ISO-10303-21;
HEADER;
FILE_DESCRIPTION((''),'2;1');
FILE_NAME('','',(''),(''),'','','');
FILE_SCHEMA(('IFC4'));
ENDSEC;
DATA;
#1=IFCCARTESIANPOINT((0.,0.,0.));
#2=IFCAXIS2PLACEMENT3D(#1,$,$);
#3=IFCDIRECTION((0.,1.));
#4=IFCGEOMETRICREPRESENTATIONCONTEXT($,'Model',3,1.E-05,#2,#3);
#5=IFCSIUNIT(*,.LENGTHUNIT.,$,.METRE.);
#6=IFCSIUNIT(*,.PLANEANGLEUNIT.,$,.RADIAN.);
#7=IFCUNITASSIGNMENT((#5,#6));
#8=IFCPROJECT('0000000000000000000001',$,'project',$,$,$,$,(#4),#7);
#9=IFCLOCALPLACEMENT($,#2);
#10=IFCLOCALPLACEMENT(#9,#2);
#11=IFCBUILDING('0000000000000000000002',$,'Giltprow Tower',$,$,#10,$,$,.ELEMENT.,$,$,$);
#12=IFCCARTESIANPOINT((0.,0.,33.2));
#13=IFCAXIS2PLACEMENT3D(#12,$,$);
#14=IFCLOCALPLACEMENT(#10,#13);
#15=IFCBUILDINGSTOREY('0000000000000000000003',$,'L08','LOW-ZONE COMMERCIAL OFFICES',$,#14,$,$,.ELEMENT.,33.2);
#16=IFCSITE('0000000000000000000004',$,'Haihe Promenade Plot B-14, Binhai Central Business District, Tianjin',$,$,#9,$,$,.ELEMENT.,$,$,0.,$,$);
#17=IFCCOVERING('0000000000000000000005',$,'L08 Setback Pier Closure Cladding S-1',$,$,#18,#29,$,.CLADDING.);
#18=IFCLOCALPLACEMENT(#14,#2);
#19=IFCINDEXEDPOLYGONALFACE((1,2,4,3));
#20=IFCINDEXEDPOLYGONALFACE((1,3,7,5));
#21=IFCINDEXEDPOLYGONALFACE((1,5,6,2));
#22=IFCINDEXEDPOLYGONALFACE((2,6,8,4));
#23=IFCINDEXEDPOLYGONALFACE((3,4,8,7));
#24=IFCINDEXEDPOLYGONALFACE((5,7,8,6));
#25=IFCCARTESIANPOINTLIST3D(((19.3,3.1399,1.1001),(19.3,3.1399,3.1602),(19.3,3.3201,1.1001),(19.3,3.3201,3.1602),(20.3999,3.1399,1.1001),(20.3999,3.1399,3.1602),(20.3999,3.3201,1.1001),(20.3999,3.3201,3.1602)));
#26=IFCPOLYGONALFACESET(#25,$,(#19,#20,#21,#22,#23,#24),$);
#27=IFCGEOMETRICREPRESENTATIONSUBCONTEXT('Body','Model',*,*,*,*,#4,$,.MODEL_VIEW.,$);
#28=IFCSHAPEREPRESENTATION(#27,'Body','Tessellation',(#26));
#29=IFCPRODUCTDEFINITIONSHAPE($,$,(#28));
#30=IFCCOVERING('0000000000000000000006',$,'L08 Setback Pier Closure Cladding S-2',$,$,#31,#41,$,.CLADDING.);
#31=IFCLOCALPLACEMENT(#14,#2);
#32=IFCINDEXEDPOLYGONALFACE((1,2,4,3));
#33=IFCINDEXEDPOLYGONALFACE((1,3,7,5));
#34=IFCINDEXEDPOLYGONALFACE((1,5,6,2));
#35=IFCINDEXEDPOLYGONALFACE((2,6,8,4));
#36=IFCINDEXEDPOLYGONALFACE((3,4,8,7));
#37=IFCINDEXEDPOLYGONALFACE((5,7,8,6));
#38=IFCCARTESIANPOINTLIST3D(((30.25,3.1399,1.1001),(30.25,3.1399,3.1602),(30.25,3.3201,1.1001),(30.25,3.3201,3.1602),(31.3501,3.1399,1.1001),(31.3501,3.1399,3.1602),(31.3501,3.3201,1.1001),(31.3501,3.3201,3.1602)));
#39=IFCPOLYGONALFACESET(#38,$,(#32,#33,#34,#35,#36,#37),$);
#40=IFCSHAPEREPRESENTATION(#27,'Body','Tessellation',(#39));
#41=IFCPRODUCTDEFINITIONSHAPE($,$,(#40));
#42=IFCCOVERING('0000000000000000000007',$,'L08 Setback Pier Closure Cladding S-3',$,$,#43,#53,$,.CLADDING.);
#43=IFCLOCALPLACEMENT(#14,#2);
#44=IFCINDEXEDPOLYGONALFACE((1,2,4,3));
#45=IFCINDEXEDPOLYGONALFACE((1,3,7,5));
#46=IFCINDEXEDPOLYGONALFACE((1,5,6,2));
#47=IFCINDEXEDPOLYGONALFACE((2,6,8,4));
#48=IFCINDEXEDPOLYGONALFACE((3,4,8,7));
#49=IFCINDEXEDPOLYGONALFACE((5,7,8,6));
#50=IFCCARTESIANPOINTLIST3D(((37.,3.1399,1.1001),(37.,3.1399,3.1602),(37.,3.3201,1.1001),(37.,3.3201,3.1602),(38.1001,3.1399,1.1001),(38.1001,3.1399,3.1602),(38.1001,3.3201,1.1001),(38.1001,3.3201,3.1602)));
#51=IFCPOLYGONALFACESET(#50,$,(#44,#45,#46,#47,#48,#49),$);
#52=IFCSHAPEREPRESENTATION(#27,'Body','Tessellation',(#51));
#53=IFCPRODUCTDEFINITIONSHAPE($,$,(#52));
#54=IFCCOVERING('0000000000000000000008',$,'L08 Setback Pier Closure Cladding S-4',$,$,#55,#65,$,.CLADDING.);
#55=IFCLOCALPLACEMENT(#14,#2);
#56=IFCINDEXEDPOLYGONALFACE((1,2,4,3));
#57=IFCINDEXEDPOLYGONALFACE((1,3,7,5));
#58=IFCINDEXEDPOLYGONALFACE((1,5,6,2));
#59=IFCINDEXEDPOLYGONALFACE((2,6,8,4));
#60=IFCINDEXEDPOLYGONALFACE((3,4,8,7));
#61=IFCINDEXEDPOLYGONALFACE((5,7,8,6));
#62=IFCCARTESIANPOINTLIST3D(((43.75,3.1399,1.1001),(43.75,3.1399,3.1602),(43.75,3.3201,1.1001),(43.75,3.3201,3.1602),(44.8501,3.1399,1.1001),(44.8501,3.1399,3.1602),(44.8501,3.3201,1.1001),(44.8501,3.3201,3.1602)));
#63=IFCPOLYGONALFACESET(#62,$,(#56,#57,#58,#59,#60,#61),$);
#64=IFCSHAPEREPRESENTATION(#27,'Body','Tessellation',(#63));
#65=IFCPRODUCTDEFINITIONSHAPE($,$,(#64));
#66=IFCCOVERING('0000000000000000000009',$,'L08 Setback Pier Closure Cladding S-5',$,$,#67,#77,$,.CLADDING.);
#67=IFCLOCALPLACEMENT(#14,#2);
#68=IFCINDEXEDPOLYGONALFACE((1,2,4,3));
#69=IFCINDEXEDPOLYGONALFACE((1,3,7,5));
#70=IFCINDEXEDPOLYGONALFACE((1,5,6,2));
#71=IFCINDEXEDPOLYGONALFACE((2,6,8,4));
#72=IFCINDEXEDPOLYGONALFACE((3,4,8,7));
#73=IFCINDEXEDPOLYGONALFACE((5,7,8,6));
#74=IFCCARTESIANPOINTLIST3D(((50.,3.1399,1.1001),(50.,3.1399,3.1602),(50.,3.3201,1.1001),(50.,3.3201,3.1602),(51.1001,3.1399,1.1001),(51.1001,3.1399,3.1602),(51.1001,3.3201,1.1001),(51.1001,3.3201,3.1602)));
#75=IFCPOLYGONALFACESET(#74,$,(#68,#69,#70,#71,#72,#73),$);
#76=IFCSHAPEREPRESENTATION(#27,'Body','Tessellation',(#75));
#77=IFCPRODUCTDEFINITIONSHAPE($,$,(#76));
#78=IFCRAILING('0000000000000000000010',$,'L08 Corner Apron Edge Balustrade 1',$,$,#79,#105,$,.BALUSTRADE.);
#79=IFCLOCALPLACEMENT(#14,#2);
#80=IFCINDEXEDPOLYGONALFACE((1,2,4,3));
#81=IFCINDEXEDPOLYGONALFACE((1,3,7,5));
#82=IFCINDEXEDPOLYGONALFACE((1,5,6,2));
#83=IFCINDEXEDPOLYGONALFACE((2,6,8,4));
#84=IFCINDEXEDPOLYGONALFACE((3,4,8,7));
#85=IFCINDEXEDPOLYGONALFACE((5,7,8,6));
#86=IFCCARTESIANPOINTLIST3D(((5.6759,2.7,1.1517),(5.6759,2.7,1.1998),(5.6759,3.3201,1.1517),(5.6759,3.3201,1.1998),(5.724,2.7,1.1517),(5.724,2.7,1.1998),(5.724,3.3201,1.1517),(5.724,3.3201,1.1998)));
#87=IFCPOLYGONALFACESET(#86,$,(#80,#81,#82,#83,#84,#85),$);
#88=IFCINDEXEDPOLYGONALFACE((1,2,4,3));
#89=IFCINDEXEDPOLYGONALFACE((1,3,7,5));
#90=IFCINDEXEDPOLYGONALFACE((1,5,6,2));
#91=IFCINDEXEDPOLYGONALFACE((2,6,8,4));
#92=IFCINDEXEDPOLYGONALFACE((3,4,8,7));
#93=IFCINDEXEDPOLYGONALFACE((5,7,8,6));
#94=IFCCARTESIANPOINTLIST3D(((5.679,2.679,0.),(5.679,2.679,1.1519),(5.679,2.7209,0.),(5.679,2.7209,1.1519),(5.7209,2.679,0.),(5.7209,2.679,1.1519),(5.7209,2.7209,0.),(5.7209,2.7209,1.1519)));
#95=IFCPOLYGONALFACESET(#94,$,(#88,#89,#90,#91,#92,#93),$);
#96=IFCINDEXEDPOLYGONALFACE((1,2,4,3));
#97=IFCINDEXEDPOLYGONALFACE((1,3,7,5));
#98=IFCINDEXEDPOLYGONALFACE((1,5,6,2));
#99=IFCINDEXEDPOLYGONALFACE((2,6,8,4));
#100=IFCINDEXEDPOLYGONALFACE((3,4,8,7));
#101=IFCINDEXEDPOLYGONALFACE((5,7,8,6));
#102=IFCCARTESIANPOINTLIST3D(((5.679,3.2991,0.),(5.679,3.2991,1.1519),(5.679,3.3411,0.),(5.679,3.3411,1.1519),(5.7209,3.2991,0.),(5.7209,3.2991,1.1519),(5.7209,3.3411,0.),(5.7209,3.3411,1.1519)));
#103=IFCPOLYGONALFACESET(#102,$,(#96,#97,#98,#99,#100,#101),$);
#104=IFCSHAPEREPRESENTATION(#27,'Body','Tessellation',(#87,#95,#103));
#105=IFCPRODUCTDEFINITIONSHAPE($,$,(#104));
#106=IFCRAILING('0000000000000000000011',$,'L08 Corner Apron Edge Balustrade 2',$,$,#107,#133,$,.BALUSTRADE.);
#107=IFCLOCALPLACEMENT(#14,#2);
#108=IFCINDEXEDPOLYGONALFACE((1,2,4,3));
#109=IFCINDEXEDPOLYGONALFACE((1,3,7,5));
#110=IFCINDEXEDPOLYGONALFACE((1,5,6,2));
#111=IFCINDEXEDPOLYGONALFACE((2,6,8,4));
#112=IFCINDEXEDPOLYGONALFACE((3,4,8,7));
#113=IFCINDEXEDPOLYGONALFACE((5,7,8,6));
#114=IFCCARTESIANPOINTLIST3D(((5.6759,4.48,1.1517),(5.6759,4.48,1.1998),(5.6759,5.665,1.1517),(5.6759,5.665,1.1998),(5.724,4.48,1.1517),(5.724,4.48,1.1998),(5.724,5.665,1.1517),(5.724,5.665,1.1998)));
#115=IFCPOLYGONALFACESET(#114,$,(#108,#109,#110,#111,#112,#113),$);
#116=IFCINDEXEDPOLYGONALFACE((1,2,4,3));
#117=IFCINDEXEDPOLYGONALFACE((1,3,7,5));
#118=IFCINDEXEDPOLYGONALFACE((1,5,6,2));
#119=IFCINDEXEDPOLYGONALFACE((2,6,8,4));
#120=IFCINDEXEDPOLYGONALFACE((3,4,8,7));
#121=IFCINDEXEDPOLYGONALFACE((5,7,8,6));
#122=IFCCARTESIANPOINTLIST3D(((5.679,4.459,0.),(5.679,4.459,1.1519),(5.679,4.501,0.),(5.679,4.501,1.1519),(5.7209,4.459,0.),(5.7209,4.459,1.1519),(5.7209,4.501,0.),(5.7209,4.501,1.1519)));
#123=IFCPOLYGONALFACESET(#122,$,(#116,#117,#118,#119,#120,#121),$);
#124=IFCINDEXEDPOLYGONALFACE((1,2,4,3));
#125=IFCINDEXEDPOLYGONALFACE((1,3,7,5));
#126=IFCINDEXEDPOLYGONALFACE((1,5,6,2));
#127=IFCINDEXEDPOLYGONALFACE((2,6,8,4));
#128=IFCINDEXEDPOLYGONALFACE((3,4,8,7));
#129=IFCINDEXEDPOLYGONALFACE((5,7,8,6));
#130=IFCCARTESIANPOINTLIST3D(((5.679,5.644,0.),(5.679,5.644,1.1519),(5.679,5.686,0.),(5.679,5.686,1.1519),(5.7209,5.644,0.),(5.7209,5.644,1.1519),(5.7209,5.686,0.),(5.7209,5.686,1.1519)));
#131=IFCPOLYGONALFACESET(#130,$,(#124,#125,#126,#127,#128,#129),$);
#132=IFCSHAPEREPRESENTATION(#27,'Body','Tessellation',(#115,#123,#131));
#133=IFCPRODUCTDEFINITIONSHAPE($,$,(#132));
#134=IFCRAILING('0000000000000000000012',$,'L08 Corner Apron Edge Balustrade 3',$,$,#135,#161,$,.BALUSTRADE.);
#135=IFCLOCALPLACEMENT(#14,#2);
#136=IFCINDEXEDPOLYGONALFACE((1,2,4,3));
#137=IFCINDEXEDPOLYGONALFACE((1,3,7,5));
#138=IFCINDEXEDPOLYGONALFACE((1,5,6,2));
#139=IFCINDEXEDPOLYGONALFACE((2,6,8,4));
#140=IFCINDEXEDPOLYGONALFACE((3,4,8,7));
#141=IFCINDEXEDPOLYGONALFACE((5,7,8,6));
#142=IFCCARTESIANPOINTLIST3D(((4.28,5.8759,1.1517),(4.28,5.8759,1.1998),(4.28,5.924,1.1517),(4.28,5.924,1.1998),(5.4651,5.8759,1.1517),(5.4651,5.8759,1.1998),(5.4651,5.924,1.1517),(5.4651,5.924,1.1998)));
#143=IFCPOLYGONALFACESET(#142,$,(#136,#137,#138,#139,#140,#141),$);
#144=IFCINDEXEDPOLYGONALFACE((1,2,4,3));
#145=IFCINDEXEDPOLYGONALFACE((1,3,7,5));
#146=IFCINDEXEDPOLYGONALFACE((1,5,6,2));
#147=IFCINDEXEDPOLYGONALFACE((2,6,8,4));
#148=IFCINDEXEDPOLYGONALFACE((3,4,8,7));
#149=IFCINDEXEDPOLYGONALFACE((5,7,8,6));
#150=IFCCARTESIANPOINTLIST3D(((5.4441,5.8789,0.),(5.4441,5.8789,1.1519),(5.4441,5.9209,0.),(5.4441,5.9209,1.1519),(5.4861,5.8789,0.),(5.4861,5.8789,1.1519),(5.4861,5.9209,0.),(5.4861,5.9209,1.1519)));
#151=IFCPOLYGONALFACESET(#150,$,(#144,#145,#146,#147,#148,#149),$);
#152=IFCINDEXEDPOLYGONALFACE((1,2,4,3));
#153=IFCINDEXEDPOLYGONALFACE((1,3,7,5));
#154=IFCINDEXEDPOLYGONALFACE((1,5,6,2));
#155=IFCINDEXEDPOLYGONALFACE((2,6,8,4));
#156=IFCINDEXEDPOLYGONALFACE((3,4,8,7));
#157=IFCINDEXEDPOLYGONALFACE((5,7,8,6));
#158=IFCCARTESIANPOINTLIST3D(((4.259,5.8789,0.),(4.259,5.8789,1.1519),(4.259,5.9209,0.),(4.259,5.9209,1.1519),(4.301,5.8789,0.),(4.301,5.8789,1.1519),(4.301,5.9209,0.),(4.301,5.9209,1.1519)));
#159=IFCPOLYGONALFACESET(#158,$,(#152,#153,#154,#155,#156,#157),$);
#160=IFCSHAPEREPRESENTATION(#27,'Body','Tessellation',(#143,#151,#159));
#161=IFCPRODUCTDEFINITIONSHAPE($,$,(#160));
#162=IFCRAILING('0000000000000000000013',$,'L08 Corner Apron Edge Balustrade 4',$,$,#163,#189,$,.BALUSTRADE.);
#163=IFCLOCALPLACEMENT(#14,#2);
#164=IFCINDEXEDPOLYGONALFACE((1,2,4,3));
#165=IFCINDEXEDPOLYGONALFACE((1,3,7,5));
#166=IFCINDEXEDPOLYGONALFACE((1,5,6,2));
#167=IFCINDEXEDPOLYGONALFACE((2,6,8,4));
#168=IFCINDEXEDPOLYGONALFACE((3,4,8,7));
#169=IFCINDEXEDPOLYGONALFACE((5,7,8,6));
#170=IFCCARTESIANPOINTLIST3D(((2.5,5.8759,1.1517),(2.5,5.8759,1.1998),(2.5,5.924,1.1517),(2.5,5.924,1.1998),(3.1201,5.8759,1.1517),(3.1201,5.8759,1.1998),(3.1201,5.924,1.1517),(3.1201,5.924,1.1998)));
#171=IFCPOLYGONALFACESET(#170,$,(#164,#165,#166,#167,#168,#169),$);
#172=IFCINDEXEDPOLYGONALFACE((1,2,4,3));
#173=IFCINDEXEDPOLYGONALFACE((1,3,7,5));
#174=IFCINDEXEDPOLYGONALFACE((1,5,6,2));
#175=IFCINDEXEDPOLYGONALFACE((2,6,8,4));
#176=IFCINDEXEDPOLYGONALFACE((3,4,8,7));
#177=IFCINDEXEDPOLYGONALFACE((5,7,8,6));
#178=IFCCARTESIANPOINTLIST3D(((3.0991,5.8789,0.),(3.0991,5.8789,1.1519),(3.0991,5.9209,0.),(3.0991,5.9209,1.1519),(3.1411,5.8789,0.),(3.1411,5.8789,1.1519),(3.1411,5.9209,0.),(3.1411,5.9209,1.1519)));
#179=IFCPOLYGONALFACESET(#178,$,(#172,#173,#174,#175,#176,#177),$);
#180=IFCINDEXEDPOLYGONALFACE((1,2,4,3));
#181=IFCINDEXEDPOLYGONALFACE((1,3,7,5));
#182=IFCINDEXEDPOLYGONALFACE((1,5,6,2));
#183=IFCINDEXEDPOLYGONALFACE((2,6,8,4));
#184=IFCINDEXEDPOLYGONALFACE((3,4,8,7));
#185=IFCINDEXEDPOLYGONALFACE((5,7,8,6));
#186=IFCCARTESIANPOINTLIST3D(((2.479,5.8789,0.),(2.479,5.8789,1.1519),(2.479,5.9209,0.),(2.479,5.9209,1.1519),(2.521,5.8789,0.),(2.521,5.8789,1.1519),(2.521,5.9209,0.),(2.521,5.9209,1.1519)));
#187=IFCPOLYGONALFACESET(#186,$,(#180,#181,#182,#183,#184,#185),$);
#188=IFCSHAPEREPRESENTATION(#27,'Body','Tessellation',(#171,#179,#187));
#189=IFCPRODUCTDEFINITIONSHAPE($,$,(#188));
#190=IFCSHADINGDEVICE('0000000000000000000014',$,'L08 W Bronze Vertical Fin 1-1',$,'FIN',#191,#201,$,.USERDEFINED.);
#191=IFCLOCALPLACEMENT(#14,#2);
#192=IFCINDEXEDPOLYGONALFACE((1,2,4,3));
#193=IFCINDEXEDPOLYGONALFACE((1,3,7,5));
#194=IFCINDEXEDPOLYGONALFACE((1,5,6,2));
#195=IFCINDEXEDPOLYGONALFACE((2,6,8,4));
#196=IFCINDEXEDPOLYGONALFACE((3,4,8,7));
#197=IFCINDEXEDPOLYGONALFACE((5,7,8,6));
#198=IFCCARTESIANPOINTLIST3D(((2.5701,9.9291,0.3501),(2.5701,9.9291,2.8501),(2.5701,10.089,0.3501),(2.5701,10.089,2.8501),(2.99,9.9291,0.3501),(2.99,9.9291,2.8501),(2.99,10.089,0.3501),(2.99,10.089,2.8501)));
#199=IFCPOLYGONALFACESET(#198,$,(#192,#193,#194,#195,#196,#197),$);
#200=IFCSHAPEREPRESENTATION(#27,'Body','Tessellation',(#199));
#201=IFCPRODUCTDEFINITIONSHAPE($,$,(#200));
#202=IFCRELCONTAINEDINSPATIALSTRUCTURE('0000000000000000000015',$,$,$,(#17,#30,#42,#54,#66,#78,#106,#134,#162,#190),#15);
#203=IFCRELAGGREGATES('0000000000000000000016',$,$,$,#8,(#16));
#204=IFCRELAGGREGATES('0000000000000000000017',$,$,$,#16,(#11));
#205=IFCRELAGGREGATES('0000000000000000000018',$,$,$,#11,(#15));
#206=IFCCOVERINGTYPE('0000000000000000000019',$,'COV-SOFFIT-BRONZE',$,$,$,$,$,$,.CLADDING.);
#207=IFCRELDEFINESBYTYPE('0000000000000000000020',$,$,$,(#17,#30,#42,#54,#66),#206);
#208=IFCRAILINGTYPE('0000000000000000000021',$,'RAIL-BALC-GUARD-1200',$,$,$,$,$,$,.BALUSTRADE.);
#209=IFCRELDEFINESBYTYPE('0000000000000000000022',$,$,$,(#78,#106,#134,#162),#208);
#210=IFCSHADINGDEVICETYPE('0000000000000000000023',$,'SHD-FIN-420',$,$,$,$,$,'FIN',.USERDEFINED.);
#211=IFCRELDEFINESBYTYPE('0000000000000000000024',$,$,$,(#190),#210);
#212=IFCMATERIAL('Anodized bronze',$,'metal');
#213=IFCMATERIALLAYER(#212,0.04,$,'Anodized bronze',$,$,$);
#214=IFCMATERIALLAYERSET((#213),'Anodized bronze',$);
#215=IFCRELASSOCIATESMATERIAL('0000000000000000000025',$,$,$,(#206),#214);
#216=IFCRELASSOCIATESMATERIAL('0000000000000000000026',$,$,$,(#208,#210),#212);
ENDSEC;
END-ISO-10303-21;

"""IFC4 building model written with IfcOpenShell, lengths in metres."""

from ifc_helpers import new_model, si_unit, direction, frame, origin, origin_2d, place, context, subcontext, project, spatial, polyline, rectangle, outline, extrude, source, transform, mapped, material, layer, layer_set, type_object, element, save


model = new_model("IFC4")

# Units and contexts
model_context = context("Model", 3, precision=1e-05, world=origin(), true_north=direction((0.0, 1.0)))
body_context = subcontext(model_context, "Body", "Model", "MODEL_VIEW")
ifc_project = project(units=[si_unit("LENGTHUNIT", "METRE"), si_unit("PLANEANGLEUNIT", "RADIAN")], contexts=[model_context])

# Site, building, storey
site_placement = place(None, origin())
site = spatial("IfcSite", under=ifc_project, at=site_placement, Name="Haihe Promenade Plot B-14, Binhai Central Business District, Tianjin", CompositionType="ELEMENT", RefElevation=0.0)
building_placement = place(site_placement, origin())
building = spatial("IfcBuilding", under=site, at=building_placement, Name="Giltprow Tower", CompositionType="ELEMENT")
storey_placement = place(building_placement, frame((0.0, 0.0, 33.2)))
storey = spatial("IfcBuildingStorey", under=building, at=storey_placement, Name="L08", Description="LOW-ZONE COMMERCIAL OFFICES", CompositionType="ELEMENT", Elevation=33.2)

# Shared definitions
ifc_material_1 = material(Name="Anodized bronze", Category="metal")

# Coverings
ifc_layer_1 = layer(ifc_material_1, 0.04, Name="Anodized bronze")
ifc_layer_set_1 = layer_set([ifc_layer_1], Name="Anodized bronze")
covering_type_1 = type_object("IfcCoveringType", Name="COV-SOFFIT-BRONZE", PredefinedType="CLADDING", material=ifc_layer_set_1)
covering_1_placement = place(storey_placement, frame((0.0, 0.0, 1.1001)))
element("IfcCovering", 1, at=covering_1_placement, inside=storey, type_object=covering_type_1, Name="L08 Setback Pier Closure Cladding S-1", PredefinedType="CLADDING", context=body_context, shape_type="SweptSolid", body=[
    extrude(outline(polyline([(19.3, 3.1399), (20.3999, 3.1399), (20.3999, 3.3201), (19.3, 3.3201), (19.3, 3.1399)])), origin(), (0.0, 0.0, 1.0), 2.0601),
])
covering_2_placement = place(storey_placement, frame((0.0, 0.0, 1.1001)))
element("IfcCovering", 2, at=covering_2_placement, inside=storey, type_object=covering_type_1, Name="L08 Setback Pier Closure Cladding S-2", PredefinedType="CLADDING", context=body_context, shape_type="SweptSolid", body=[
    extrude(outline(polyline([(30.25, 3.1399), (31.3501, 3.1399), (31.3501, 3.3201), (30.25, 3.3201), (30.25, 3.1399)])), origin(), (0.0, 0.0, 1.0), 2.0601),
])
covering_3_placement = place(storey_placement, frame((0.0, 0.0, 1.1001)))
element("IfcCovering", 3, at=covering_3_placement, inside=storey, type_object=covering_type_1, Name="L08 Setback Pier Closure Cladding S-3", PredefinedType="CLADDING", context=body_context, shape_type="SweptSolid", body=[
    extrude(outline(polyline([(37.0, 3.1399), (38.1001, 3.1399), (38.1001, 3.3201), (37.0, 3.3201), (37.0, 3.1399)])), origin(), (0.0, 0.0, 1.0), 2.0601),
])
covering_4_placement = place(storey_placement, frame((0.0, 0.0, 1.1001)))
element("IfcCovering", 4, at=covering_4_placement, inside=storey, type_object=covering_type_1, Name="L08 Setback Pier Closure Cladding S-4", PredefinedType="CLADDING", context=body_context, shape_type="SweptSolid", body=[
    extrude(outline(polyline([(43.75, 3.1399), (44.8501, 3.1399), (44.8501, 3.3201), (43.75, 3.3201), (43.75, 3.1399)])), origin(), (0.0, 0.0, 1.0), 2.0601),
])
covering_5_placement = place(storey_placement, frame((0.0, 0.0, 1.1001)))
element("IfcCovering", 5, at=covering_5_placement, inside=storey, type_object=covering_type_1, Name="L08 Setback Pier Closure Cladding S-5", PredefinedType="CLADDING", context=body_context, shape_type="SweptSolid", body=[
    extrude(outline(polyline([(50.0, 3.1399), (51.1001, 3.1399), (51.1001, 3.3201), (50.0, 3.3201), (50.0, 3.1399)])), origin(), (0.0, 0.0, 1.0), 2.0601),
])

# Railings
railing_type = type_object("IfcRailingType", Name="RAIL-BALC-GUARD-1200", PredefinedType="BALUSTRADE", material=ifc_material_1)
railing_1_placement = place(storey_placement, frame((5.7, 2.7, 0.0)))
element("IfcRailing", 6, at=railing_1_placement, inside=storey, type_object=railing_type, Name="L08 Corner Apron Edge Balustrade 1", PredefinedType="BALUSTRADE", context=body_context, shape_type="SweptSolid", body=[
    extrude(rectangle(XDim=0.0481, YDim=0.0481, at=origin_2d()), frame((0.0, 0.0, 1.1758), z_axis=(0.0, 1.0, 0.0), x_axis=(-1.0, 0.0, 0.0)), (0.0, 0.0, 1.0), 0.6201),
    extrude(rectangle(XDim=0.042, YDim=0.042, at=origin_2d()), origin(), (0.0, 0.0, 1.0), 1.1519),
    extrude(rectangle(XDim=0.042, YDim=0.042, at=origin_2d()), frame((0.0, 0.6201, 0.0)), (0.0, 0.0, 1.0), 1.1519),
])
railing_2_placement = place(storey_placement, frame((5.7, 4.48, 0.0)))
element("IfcRailing", 7, at=railing_2_placement, inside=storey, type_object=railing_type, Name="L08 Corner Apron Edge Balustrade 2", PredefinedType="BALUSTRADE", context=body_context, shape_type="SweptSolid", body=[
    extrude(rectangle(XDim=0.0481, YDim=0.0481, at=origin_2d()), frame((0.0, 0.0, 1.1758), z_axis=(0.0, 1.0, 0.0), x_axis=(-1.0, 0.0, 0.0)), (0.0, 0.0, 1.0), 1.1851),
    extrude(rectangle(XDim=0.042, YDim=0.042, at=origin_2d()), origin(), (0.0, 0.0, 1.0), 1.1519),
    extrude(rectangle(XDim=0.042, YDim=0.042, at=origin_2d()), frame((0.0, 1.1851, 0.0)), (0.0, 0.0, 1.0), 1.1519),
])
railing_3_placement = place(storey_placement, frame((5.4651, 5.8999, 0.0)))
element("IfcRailing", 8, at=railing_3_placement, inside=storey, type_object=railing_type, Name="L08 Corner Apron Edge Balustrade 3", PredefinedType="BALUSTRADE", context=body_context, shape_type="SweptSolid", body=[
    extrude(rectangle(XDim=0.0481, YDim=0.0481, at=origin_2d()), frame((0.0, 0.0, 1.1758), z_axis=(-1.0, 0.0, 0.0), x_axis=(0.0, -1.0, 0.0)), (0.0, 0.0, 1.0), 1.1851),
    extrude(rectangle(XDim=0.042, YDim=0.042, at=origin_2d()), origin(), (0.0, 0.0, 1.0), 1.1519),
    extrude(rectangle(XDim=0.042, YDim=0.042, at=origin_2d()), frame((-1.1851, 0.0, 0.0)), (0.0, 0.0, 1.0), 1.1519),
])
railing_4_placement = place(storey_placement, frame((3.1201, 5.8999, 0.0)))
element("IfcRailing", 9, at=railing_4_placement, inside=storey, type_object=railing_type, Name="L08 Corner Apron Edge Balustrade 4", PredefinedType="BALUSTRADE", context=body_context, shape_type="SweptSolid", body=[
    extrude(rectangle(XDim=0.0481, YDim=0.0481, at=origin_2d()), frame((0.0, 0.0, 1.1758), z_axis=(-1.0, 0.0, 0.0), x_axis=(0.0, -1.0, 0.0)), (0.0, 0.0, 1.0), 0.6201),
    extrude(rectangle(XDim=0.042, YDim=0.042, at=origin_2d()), origin(), (0.0, 0.0, 1.0), 1.1519),
    extrude(rectangle(XDim=0.042, YDim=0.042, at=origin_2d()), frame((-0.6201, 0.0, 0.0)), (0.0, 0.0, 1.0), 1.1519),
])

# Shading device
shading_device_type = type_object("IfcShadingDeviceType", Name="SHD-FIN-420", ElementType="FIN", PredefinedType="USERDEFINED", material=ifc_material_1)
shared_shape_1 = source(origin(), body_context, "Body", "SweptSolid", [
    extrude(rectangle(XDim=0.4199, YDim=0.1599, at=origin_2d()), origin(), (0.0, 0.0, 1.0), 2.5),
])
shading_device_placement = place(storey_placement, frame((2.78, 10.009, 0.3501), z_axis=(0.0, 0.0, 1.0), x_axis=(1.0, 0.0, 0.0)))
element("IfcShadingDevice", 10, at=shading_device_placement, inside=storey, type_object=shading_device_type, Name="L08 W Bronze Vertical Fin 1-1", ObjectType="FIN", PredefinedType="USERDEFINED", context=body_context, shape_type="MappedRepresentation", body=[
    mapped(shared_shape_1, transform((0.0, 0.0, 0.0), x_axis=(1.0, 0.0, 0.0), y_axis=(0.0, 1.0, 0.0), z_axis=(0.0, 0.0, 1.0), scale=1.0)),
])

save(model, "model.ifc")
